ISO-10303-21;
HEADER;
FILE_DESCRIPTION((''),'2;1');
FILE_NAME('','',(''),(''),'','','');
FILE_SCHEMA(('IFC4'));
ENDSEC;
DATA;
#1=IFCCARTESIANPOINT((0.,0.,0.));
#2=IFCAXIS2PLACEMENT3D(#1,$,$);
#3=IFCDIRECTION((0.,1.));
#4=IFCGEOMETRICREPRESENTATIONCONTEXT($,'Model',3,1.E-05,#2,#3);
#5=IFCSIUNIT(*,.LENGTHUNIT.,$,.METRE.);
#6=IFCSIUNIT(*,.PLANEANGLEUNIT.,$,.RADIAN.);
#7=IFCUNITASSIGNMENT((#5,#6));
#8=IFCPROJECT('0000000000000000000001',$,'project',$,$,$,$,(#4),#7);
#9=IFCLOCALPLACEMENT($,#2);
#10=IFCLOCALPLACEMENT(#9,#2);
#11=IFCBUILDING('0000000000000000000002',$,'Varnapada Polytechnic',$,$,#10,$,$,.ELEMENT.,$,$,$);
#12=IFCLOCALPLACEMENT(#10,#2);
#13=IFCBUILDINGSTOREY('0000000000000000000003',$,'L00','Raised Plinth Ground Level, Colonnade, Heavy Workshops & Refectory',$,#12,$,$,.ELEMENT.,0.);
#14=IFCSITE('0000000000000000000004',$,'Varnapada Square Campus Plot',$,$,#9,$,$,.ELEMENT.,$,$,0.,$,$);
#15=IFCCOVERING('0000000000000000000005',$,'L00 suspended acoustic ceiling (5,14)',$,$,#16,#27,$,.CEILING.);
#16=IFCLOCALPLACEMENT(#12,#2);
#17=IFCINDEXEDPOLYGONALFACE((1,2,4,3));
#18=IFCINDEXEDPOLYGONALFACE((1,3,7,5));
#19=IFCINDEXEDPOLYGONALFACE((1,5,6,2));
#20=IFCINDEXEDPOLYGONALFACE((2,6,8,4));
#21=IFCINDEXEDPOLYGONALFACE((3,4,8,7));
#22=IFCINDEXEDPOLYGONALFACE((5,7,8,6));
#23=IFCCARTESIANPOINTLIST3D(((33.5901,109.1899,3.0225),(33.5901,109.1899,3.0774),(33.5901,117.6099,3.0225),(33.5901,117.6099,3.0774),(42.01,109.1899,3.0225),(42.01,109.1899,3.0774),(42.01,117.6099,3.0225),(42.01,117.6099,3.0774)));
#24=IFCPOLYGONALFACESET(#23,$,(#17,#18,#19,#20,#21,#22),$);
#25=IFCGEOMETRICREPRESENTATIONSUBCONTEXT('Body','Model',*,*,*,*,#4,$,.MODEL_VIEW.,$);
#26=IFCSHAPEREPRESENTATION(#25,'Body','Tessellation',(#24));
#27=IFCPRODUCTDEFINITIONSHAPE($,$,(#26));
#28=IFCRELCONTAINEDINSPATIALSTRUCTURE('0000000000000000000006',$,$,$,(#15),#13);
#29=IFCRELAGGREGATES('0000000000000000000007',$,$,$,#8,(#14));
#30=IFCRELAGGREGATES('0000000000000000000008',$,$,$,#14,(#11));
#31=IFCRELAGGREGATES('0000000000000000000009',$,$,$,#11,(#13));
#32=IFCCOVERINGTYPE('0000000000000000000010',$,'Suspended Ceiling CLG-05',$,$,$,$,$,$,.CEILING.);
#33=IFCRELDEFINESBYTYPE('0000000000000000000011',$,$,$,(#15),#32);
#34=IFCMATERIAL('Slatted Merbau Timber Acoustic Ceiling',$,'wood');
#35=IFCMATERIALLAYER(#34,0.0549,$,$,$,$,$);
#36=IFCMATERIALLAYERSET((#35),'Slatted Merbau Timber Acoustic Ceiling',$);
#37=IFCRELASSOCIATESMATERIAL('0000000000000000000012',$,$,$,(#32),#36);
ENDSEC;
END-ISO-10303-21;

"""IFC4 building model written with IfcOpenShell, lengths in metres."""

from ifc_helpers import new_model, si_unit, direction, frame, origin, origin_2d, place, context, subcontext, project, spatial, rectangle, extrude, material, layer, layer_set, type_object, element, save


model = new_model("IFC4")

# Units and contexts
model_context = context("Model", 3, precision=1e-05, world=origin(), true_north=direction((0.0, 1.0)))
body_context = subcontext(model_context, "Body", "Model", "MODEL_VIEW")
ifc_project = project(units=[si_unit("LENGTHUNIT", "METRE"), si_unit("PLANEANGLEUNIT", "RADIAN")], contexts=[model_context])

# Site, building, storey
site_placement = place(None, origin())
site = spatial("IfcSite", under=ifc_project, at=site_placement, Name="Varnapada Square Campus Plot", CompositionType="ELEMENT", RefElevation=0.0)
building_placement = place(site_placement, origin())
building = spatial("IfcBuilding", under=site, at=building_placement, Name="Varnapada Polytechnic", CompositionType="ELEMENT")
storey_placement = place(building_placement, origin())
storey = spatial("IfcBuildingStorey", under=building, at=storey_placement, Name="L00", Description="Raised Plinth Ground Level, Colonnade, Heavy Workshops & Refectory", CompositionType="ELEMENT", Elevation=0.0)

# Covering
ifc_material_1 = material(Name="Slatted Merbau Timber Acoustic Ceiling", Category="wood")
ifc_layer_1 = layer(ifc_material_1, 0.0549)
ifc_layer_set_1 = layer_set([ifc_layer_1], Name="Slatted Merbau Timber Acoustic Ceiling")
covering_type_1 = type_object("IfcCoveringType", Name="Suspended Ceiling CLG-05", PredefinedType="CEILING", material=ifc_layer_set_1)
covering_1_placement = place(storey_placement, frame((37.8, 113.3999, 3.0225), z_axis=(0.0, 0.0, 1.0), x_axis=(1.0, 0.0, 0.0)))
element("IfcCovering", 1, at=covering_1_placement, inside=storey, type_object=covering_type_1, Name="L00 suspended acoustic ceiling (5,14)", PredefinedType="CEILING", context=body_context, shape_type="SweptSolid", body=[
    extrude(rectangle(XDim=8.4199, YDim=8.4199, at=origin_2d()), origin(), (0.0, 0.0, 1.0), 0.0549),
])

save(model, "model.ifc")
